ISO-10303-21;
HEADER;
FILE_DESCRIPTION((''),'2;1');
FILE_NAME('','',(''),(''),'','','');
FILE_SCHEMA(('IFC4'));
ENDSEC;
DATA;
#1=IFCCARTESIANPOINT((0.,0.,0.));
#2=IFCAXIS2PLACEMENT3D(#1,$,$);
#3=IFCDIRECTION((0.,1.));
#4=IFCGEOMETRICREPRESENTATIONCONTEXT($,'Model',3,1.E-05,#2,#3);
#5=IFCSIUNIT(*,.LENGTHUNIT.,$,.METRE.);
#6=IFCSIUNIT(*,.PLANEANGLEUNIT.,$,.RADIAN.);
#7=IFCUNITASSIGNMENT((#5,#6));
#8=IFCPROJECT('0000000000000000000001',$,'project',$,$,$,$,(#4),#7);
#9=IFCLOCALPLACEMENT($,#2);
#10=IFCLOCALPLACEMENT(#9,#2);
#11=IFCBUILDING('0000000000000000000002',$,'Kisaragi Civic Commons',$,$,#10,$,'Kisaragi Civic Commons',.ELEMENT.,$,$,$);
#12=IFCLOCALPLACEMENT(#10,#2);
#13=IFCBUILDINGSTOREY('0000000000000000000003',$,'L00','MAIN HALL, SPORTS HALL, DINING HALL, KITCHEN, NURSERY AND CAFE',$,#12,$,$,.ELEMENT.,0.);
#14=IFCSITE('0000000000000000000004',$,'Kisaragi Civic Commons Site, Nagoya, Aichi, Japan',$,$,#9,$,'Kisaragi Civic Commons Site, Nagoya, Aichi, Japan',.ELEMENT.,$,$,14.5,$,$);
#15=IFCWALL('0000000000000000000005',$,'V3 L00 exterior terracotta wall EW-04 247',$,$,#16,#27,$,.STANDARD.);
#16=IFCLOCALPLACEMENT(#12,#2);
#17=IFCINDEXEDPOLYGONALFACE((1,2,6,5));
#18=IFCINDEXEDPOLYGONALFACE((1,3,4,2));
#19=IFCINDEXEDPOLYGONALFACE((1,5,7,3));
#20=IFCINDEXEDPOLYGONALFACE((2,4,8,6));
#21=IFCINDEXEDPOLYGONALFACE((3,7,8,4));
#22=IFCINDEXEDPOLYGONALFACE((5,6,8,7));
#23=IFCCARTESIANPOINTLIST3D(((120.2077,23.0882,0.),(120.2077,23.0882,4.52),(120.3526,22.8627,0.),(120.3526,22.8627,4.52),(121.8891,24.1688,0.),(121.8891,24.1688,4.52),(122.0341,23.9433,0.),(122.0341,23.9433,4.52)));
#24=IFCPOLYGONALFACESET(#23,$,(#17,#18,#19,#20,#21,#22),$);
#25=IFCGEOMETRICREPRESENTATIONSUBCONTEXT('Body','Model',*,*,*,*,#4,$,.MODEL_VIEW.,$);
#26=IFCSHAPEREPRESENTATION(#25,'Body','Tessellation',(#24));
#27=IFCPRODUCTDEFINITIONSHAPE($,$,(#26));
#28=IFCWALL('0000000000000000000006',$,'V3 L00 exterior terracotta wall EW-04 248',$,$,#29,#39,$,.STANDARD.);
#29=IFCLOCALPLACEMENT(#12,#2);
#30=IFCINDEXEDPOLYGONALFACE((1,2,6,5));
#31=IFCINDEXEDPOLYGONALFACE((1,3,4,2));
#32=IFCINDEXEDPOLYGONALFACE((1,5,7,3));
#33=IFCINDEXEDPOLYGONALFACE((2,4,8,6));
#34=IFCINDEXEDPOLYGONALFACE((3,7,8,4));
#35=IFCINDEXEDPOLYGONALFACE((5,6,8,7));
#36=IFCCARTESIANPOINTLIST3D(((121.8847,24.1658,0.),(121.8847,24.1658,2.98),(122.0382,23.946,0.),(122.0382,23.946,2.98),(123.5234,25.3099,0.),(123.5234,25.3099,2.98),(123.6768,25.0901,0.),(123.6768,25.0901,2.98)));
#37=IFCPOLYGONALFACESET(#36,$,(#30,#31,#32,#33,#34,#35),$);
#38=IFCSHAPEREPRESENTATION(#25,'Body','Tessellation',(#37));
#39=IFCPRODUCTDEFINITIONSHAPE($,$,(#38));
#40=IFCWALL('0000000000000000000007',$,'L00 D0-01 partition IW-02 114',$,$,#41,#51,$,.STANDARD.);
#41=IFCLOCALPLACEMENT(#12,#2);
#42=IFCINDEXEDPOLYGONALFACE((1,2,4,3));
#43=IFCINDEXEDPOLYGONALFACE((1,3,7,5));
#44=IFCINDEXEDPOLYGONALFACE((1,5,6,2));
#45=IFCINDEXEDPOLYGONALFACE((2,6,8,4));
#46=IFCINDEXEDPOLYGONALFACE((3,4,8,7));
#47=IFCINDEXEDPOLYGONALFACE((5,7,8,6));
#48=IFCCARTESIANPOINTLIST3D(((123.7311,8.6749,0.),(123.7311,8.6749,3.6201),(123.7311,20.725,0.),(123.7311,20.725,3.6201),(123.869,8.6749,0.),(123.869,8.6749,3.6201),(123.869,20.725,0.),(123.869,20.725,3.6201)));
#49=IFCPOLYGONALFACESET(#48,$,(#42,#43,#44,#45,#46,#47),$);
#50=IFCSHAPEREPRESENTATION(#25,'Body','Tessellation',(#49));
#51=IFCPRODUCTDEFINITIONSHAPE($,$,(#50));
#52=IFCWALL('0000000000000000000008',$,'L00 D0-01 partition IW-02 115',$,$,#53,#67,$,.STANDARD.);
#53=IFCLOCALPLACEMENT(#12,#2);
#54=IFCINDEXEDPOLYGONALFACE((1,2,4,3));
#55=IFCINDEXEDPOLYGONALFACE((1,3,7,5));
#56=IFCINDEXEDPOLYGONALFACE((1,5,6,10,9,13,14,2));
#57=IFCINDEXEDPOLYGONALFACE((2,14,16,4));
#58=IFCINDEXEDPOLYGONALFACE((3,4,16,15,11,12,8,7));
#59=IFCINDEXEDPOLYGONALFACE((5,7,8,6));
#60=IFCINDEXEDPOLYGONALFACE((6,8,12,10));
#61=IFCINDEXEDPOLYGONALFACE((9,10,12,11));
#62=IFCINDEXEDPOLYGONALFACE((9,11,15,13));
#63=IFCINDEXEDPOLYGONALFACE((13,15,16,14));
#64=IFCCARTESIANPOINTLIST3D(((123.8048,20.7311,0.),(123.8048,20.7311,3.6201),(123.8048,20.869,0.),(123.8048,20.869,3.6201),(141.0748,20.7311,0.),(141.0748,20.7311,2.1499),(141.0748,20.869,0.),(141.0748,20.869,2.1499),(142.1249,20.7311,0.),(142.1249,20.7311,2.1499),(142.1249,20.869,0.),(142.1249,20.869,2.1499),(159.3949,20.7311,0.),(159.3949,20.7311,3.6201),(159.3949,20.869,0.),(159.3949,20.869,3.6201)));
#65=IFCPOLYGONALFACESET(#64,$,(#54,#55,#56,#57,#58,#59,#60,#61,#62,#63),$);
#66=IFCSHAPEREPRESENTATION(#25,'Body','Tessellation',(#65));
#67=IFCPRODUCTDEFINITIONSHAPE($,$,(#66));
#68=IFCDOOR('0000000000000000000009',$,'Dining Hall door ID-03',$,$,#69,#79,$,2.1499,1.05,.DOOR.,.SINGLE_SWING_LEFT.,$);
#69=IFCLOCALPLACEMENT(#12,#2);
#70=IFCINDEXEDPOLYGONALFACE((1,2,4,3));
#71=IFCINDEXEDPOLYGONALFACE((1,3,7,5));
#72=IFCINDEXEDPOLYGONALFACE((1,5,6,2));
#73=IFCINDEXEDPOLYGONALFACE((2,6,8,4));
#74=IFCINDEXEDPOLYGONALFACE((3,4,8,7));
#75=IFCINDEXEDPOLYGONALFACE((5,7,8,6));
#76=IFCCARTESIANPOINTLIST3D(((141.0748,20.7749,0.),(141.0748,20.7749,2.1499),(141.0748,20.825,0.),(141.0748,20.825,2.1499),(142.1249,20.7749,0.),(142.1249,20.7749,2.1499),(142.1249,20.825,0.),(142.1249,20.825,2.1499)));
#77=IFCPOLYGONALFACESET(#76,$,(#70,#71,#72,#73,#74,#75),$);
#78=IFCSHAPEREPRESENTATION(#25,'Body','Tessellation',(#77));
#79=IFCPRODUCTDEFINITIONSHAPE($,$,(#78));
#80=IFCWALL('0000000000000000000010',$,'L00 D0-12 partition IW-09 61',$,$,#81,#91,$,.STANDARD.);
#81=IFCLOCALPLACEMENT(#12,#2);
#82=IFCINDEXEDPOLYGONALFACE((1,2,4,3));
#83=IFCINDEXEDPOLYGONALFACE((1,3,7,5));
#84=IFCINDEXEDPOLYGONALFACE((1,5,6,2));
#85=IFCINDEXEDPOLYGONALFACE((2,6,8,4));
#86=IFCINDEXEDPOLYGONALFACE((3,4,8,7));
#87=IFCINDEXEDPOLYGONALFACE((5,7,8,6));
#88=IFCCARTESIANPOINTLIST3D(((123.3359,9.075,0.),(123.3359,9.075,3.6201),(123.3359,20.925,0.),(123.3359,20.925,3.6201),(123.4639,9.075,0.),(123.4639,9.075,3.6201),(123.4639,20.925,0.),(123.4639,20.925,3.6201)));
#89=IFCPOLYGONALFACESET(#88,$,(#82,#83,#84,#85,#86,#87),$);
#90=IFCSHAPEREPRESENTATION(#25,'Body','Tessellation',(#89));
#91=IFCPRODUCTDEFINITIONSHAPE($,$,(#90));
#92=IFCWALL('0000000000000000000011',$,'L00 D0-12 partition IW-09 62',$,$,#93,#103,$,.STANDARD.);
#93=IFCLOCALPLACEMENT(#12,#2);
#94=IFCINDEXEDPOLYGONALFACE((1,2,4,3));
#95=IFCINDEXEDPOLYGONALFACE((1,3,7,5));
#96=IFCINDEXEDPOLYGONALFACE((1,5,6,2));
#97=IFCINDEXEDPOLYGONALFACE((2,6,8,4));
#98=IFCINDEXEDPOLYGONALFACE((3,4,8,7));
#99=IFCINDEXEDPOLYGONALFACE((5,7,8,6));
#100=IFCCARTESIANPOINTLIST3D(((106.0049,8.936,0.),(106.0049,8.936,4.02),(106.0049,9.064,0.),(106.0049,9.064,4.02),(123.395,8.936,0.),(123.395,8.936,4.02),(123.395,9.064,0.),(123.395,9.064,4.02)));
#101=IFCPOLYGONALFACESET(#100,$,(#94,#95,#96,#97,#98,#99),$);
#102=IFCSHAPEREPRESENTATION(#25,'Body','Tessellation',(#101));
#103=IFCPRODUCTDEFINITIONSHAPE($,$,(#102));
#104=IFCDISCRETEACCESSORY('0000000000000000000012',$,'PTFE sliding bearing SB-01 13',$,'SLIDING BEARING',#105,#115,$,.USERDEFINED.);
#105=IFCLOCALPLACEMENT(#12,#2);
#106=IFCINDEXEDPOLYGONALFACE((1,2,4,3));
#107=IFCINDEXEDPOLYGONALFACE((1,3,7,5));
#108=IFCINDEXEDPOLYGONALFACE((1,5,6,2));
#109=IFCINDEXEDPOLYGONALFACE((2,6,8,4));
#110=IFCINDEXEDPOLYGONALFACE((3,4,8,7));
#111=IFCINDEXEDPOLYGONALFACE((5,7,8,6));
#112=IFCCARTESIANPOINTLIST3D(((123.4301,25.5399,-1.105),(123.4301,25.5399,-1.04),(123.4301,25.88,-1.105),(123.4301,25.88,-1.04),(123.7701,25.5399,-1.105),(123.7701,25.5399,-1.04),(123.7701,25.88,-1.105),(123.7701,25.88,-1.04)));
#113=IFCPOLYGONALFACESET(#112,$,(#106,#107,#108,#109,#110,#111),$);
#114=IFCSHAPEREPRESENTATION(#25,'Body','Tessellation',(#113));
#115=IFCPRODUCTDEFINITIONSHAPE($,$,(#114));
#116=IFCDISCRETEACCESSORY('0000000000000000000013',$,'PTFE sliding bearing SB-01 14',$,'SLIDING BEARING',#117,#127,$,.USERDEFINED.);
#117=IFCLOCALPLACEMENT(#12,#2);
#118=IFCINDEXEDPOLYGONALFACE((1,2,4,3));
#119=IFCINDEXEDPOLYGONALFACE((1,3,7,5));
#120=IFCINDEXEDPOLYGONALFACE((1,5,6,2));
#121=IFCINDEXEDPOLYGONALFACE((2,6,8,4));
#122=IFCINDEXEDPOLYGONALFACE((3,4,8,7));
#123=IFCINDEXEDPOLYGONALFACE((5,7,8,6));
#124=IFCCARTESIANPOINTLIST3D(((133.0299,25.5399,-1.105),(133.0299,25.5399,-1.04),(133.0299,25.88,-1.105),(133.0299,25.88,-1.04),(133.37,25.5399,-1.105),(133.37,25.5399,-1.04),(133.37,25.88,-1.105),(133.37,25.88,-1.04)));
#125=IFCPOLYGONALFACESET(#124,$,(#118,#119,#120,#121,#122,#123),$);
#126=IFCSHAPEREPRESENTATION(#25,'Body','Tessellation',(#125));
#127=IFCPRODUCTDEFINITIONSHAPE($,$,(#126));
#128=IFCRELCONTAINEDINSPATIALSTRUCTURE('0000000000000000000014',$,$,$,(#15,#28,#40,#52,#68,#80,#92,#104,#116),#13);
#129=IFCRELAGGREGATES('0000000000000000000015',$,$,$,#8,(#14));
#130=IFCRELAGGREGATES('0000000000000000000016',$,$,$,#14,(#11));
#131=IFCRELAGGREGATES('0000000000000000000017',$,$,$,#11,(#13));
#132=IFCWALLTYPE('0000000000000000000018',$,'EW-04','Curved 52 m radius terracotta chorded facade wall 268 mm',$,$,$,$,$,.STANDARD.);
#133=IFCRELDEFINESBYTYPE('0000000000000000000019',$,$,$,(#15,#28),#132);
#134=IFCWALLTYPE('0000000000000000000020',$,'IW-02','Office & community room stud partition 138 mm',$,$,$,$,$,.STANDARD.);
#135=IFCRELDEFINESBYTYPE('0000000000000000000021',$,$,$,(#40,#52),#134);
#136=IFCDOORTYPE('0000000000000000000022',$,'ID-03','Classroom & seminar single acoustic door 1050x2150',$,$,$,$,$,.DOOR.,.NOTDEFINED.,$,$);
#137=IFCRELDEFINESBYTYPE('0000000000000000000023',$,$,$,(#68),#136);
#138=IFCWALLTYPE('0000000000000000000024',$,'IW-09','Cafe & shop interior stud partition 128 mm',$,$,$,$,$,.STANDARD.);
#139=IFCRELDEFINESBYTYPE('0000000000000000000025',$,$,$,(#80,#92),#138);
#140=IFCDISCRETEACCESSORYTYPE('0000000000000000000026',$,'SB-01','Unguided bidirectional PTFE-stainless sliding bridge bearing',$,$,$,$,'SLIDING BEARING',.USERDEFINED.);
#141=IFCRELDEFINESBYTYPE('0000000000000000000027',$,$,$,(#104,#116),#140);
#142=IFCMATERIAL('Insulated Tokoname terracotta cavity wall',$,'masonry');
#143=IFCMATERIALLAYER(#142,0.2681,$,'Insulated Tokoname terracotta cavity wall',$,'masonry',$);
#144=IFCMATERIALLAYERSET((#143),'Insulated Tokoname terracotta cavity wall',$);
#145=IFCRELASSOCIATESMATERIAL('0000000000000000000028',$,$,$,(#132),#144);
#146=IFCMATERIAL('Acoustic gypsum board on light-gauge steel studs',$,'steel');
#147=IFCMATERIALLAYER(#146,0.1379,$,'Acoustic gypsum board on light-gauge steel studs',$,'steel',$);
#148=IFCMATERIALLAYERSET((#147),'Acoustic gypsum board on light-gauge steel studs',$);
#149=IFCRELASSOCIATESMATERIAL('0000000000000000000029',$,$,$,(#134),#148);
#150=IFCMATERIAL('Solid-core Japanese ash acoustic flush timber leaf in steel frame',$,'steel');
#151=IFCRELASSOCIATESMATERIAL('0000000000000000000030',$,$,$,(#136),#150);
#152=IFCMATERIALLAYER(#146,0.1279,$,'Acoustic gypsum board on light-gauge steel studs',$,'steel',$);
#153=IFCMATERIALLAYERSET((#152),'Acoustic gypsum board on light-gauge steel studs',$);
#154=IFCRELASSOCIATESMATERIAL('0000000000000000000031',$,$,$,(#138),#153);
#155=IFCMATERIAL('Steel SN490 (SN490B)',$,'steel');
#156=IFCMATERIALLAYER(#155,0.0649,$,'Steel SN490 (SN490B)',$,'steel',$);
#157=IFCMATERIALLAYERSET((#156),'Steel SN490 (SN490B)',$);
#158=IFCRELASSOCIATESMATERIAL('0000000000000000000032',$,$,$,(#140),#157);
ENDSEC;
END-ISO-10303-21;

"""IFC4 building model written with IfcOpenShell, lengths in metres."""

from ifc_helpers import new_model, si_unit, direction, frame, frame_2d, origin, origin_2d, place, context, subcontext, project, spatial, rectangle, extrude, material, layer, layer_set, type_object, element, fill, save


model = new_model("IFC4")

# Units and contexts
model_context = context("Model", 3, precision=1e-05, world=origin(), true_north=direction((0.0, 1.0)))
body_context = subcontext(model_context, "Body", "Model", "MODEL_VIEW")
ifc_project = project(units=[si_unit("LENGTHUNIT", "METRE"), si_unit("PLANEANGLEUNIT", "RADIAN")], contexts=[model_context])

# Site, building, storey
site_placement = place(None, origin())
site = spatial("IfcSite", under=ifc_project, at=site_placement, Name="Kisaragi Civic Commons Site, Nagoya, Aichi, Japan", LongName="Kisaragi Civic Commons Site, Nagoya, Aichi, Japan", CompositionType="ELEMENT", RefElevation=14.5)
building_placement = place(site_placement, origin())
building = spatial("IfcBuilding", under=site, at=building_placement, Name="Kisaragi Civic Commons", LongName="Kisaragi Civic Commons", CompositionType="ELEMENT")
storey_placement = place(building_placement, origin())
storey = spatial("IfcBuildingStorey", under=building, at=storey_placement, Name="L00", Description="MAIN HALL, SPORTS HALL, DINING HALL, KITCHEN, NURSERY AND CAFE", CompositionType="ELEMENT", Elevation=0.0)

# Shared definitions
ifc_material_1 = material(Name="Insulated Tokoname terracotta cavity wall", Category="masonry")

# Walls
ifc_layer_1 = layer(ifc_material_1, 0.2681, Name="Insulated Tokoname terracotta cavity wall", Category="masonry")
ifc_layer_set_1 = layer_set([ifc_layer_1], Name="Insulated Tokoname terracotta cavity wall")
wall_type_1 = type_object("IfcWallType", Name="EW-04", Description="Curved 52 m radius terracotta chorded facade wall 268 mm", PredefinedType="STANDARD", material=ifc_layer_set_1)
wall_1_placement = place(storey_placement, frame((120.28, 22.9753, 0.0), z_axis=(0.0, 0.0, 1.0), x_axis=(0.841254, 0.54064, 0.0)))
element("IfcWall", 1, at=wall_1_placement, inside=storey, type_object=wall_type_1, Name="V3 L00 exterior terracotta wall EW-04 247", PredefinedType="STANDARD", context=body_context, shape_type="SweptSolid", body=[
    extrude(rectangle(XDim=1.9988, YDim=0.2681, at=frame_2d((0.9995, 0.0))), origin(), (0.0, 0.0, 1.0), 4.52),
])
wall_2_placement = place(storey_placement, frame((121.9614, 24.0559, 0.0), z_axis=(0.0, 0.0, 1.0), x_axis=(0.819943, 0.572445, 0.0)))
element("IfcWall", 2, at=wall_2_placement, inside=storey, type_object=wall_type_1, Name="V3 L00 exterior terracotta wall EW-04 248", PredefinedType="STANDARD", context=body_context, shape_type="SweptSolid", body=[
    extrude(rectangle(XDim=1.9985, YDim=0.2681, at=frame_2d((0.9993, 0.0))), origin(), (0.0, 0.0, 1.0), 2.98),
])
ifc_material_2 = material(Name="Acoustic gypsum board on light-gauge steel studs", Category="steel")
ifc_layer_2 = layer(ifc_material_2, 0.1379, Name="Acoustic gypsum board on light-gauge steel studs", Category="steel")
ifc_layer_set_2 = layer_set([ifc_layer_2], Name="Acoustic gypsum board on light-gauge steel studs")
wall_type_2 = type_object("IfcWallType", Name="IW-02", Description="Office & community room stud partition 138 mm", PredefinedType="STANDARD", material=ifc_layer_set_2)
wall_3_placement = place(storey_placement, frame((123.8, 8.675, 0.0), z_axis=(0.0, 0.0, 1.0), x_axis=(0.0, 1.0, 0.0)))
element("IfcWall", 3, at=wall_3_placement, inside=storey, type_object=wall_type_2, Name="L00 D0-01 partition IW-02 114", PredefinedType="STANDARD", context=body_context, shape_type="SweptSolid", body=[
    extrude(rectangle(XDim=12.05, YDim=0.1379, at=frame_2d((6.0249, 0.0))), origin(), (0.0, 0.0, 1.0), 3.6201),
])

# Wall, opening, door
wall_4_placement = place(storey_placement, frame((123.8049, 20.8, 0.0), z_axis=(0.0, 0.0, 1.0), x_axis=(1.0, 0.0, 0.0)))
wall_4 = element("IfcWall", 4, at=wall_4_placement, inside=storey, type_object=wall_type_2, Name="L00 D0-01 partition IW-02 115", PredefinedType="STANDARD", context=body_context, shape_type="SweptSolid", body=[
    extrude(rectangle(XDim=35.5901, YDim=0.1379, at=frame_2d((17.7949, 0.0))), origin(), (0.0, 0.0, 1.0), 3.6201),
])
opening_1_placement = place(wall_4_placement, frame((17.27, 0.0, 0.0)))
opening_1 = element("IfcOpeningElement", 5, at=opening_1_placement, cuts=wall_4, PredefinedType="OPENING", context=body_context, shape_type="SweptSolid", body=[
    extrude(rectangle(XDim=1.05, YDim=2.1499, at=frame_2d((0.5249, 1.075))), frame((0.0, 0.0789, 0.0), z_axis=(0.0, -1.0, 0.0), x_axis=(1.0, 0.0, 0.0)), (0.0, 0.0, 1.0), 0.158),
])
ifc_material_3 = material(Name="Solid-core Japanese ash acoustic flush timber leaf in steel frame", Category="steel")
door_type_1 = type_object("IfcDoorType", Name="ID-03", Description="Classroom & seminar single acoustic door 1050x2150", OperationType="NOTDEFINED", PredefinedType="DOOR", material=ifc_material_3)
door_1_placement = place(opening_1_placement, origin())
door_1 = element("IfcDoor", 6, at=door_1_placement, inside=storey, type_object=door_type_1, Name="Dining Hall door ID-03", OperationType="SINGLE_SWING_LEFT", OverallHeight=2.1499, OverallWidth=1.05, PredefinedType="DOOR", context=body_context, shape_type="SweptSolid", body=[
    extrude(rectangle(XDim=1.05, YDim=2.1499, at=frame_2d((0.5249, 1.075))), frame((0.0, 0.0249, 0.0), z_axis=(0.0, -1.0, 0.0), x_axis=(1.0, 0.0, 0.0)), (0.0, 0.0, 1.0), 0.05),
])
fill(opening_1, door_1)

# Walls
ifc_layer_3 = layer(ifc_material_2, 0.1279, Name="Acoustic gypsum board on light-gauge steel studs", Category="steel")
ifc_layer_set_3 = layer_set([ifc_layer_3], Name="Acoustic gypsum board on light-gauge steel studs")
wall_type_3 = type_object("IfcWallType", Name="IW-09", Description="Cafe & shop interior stud partition 128 mm", PredefinedType="STANDARD", material=ifc_layer_set_3)
wall_5_placement = place(storey_placement, frame((123.3999, 20.925, 0.0), z_axis=(0.0, 0.0, 1.0), x_axis=(0.0, -1.0, 0.0)))
element("IfcWall", 7, at=wall_5_placement, inside=storey, type_object=wall_type_3, Name="L00 D0-12 partition IW-09 61", PredefinedType="STANDARD", context=body_context, shape_type="SweptSolid", body=[
    extrude(rectangle(XDim=11.8501, YDim=0.1279, at=frame_2d((5.925, 0.0))), origin(), (0.0, 0.0, 1.0), 3.6201),
])
wall_6_placement = place(storey_placement, frame((123.395, 9.0, 0.0), z_axis=(0.0, 0.0, 1.0), x_axis=(-1.0, 0.0, 0.0)))
element("IfcWall", 8, at=wall_6_placement, inside=storey, type_object=wall_type_3, Name="L00 D0-12 partition IW-09 62", PredefinedType="STANDARD", context=body_context, shape_type="SweptSolid", body=[
    extrude(rectangle(XDim=17.3901, YDim=0.1279, at=frame_2d((8.6951, 0.0))), origin(), (0.0, 0.0, 1.0), 4.02),
])

# Discrete accessories
ifc_material_4 = material(Name="Steel SN490 (SN490B)", Category="steel")
ifc_layer_4 = layer(ifc_material_4, 0.0649, Name="Steel SN490 (SN490B)", Category="steel")
ifc_layer_set_4 = layer_set([ifc_layer_4], Name="Steel SN490 (SN490B)")
discrete_accessory_type = type_object("IfcDiscreteAccessoryType", Name="SB-01", Description="Unguided bidirectional PTFE-stainless sliding bridge bearing", ElementType="SLIDING BEARING", PredefinedType="USERDEFINED", material=ifc_layer_set_4)
for number, where, z_axis, x_axis, name in (
    (9, (123.6001, 25.71, -1.105), (0.0, 0.0, 1.0), (1.0, 0.0, 0.0), "PTFE sliding bearing SB-01 13"),
    (10, (133.2, 25.71, -1.105), (0.0, 0.0, 1.0), (1.0, 0.0, 0.0), "PTFE sliding bearing SB-01 14"),
):
    element("IfcDiscreteAccessory", number, at=place(storey_placement, frame(where, z_axis=z_axis, x_axis=x_axis)), inside=storey, type_object=discrete_accessory_type, Name=name, ObjectType="SLIDING BEARING", PredefinedType="USERDEFINED", context=body_context, shape_type="SweptSolid", body=[
        extrude(rectangle(XDim=0.3401, YDim=0.3401, at=origin_2d()), origin(), (0.0, 0.0, 1.0), 0.0649),
    ])

save(model, "model.ifc")
